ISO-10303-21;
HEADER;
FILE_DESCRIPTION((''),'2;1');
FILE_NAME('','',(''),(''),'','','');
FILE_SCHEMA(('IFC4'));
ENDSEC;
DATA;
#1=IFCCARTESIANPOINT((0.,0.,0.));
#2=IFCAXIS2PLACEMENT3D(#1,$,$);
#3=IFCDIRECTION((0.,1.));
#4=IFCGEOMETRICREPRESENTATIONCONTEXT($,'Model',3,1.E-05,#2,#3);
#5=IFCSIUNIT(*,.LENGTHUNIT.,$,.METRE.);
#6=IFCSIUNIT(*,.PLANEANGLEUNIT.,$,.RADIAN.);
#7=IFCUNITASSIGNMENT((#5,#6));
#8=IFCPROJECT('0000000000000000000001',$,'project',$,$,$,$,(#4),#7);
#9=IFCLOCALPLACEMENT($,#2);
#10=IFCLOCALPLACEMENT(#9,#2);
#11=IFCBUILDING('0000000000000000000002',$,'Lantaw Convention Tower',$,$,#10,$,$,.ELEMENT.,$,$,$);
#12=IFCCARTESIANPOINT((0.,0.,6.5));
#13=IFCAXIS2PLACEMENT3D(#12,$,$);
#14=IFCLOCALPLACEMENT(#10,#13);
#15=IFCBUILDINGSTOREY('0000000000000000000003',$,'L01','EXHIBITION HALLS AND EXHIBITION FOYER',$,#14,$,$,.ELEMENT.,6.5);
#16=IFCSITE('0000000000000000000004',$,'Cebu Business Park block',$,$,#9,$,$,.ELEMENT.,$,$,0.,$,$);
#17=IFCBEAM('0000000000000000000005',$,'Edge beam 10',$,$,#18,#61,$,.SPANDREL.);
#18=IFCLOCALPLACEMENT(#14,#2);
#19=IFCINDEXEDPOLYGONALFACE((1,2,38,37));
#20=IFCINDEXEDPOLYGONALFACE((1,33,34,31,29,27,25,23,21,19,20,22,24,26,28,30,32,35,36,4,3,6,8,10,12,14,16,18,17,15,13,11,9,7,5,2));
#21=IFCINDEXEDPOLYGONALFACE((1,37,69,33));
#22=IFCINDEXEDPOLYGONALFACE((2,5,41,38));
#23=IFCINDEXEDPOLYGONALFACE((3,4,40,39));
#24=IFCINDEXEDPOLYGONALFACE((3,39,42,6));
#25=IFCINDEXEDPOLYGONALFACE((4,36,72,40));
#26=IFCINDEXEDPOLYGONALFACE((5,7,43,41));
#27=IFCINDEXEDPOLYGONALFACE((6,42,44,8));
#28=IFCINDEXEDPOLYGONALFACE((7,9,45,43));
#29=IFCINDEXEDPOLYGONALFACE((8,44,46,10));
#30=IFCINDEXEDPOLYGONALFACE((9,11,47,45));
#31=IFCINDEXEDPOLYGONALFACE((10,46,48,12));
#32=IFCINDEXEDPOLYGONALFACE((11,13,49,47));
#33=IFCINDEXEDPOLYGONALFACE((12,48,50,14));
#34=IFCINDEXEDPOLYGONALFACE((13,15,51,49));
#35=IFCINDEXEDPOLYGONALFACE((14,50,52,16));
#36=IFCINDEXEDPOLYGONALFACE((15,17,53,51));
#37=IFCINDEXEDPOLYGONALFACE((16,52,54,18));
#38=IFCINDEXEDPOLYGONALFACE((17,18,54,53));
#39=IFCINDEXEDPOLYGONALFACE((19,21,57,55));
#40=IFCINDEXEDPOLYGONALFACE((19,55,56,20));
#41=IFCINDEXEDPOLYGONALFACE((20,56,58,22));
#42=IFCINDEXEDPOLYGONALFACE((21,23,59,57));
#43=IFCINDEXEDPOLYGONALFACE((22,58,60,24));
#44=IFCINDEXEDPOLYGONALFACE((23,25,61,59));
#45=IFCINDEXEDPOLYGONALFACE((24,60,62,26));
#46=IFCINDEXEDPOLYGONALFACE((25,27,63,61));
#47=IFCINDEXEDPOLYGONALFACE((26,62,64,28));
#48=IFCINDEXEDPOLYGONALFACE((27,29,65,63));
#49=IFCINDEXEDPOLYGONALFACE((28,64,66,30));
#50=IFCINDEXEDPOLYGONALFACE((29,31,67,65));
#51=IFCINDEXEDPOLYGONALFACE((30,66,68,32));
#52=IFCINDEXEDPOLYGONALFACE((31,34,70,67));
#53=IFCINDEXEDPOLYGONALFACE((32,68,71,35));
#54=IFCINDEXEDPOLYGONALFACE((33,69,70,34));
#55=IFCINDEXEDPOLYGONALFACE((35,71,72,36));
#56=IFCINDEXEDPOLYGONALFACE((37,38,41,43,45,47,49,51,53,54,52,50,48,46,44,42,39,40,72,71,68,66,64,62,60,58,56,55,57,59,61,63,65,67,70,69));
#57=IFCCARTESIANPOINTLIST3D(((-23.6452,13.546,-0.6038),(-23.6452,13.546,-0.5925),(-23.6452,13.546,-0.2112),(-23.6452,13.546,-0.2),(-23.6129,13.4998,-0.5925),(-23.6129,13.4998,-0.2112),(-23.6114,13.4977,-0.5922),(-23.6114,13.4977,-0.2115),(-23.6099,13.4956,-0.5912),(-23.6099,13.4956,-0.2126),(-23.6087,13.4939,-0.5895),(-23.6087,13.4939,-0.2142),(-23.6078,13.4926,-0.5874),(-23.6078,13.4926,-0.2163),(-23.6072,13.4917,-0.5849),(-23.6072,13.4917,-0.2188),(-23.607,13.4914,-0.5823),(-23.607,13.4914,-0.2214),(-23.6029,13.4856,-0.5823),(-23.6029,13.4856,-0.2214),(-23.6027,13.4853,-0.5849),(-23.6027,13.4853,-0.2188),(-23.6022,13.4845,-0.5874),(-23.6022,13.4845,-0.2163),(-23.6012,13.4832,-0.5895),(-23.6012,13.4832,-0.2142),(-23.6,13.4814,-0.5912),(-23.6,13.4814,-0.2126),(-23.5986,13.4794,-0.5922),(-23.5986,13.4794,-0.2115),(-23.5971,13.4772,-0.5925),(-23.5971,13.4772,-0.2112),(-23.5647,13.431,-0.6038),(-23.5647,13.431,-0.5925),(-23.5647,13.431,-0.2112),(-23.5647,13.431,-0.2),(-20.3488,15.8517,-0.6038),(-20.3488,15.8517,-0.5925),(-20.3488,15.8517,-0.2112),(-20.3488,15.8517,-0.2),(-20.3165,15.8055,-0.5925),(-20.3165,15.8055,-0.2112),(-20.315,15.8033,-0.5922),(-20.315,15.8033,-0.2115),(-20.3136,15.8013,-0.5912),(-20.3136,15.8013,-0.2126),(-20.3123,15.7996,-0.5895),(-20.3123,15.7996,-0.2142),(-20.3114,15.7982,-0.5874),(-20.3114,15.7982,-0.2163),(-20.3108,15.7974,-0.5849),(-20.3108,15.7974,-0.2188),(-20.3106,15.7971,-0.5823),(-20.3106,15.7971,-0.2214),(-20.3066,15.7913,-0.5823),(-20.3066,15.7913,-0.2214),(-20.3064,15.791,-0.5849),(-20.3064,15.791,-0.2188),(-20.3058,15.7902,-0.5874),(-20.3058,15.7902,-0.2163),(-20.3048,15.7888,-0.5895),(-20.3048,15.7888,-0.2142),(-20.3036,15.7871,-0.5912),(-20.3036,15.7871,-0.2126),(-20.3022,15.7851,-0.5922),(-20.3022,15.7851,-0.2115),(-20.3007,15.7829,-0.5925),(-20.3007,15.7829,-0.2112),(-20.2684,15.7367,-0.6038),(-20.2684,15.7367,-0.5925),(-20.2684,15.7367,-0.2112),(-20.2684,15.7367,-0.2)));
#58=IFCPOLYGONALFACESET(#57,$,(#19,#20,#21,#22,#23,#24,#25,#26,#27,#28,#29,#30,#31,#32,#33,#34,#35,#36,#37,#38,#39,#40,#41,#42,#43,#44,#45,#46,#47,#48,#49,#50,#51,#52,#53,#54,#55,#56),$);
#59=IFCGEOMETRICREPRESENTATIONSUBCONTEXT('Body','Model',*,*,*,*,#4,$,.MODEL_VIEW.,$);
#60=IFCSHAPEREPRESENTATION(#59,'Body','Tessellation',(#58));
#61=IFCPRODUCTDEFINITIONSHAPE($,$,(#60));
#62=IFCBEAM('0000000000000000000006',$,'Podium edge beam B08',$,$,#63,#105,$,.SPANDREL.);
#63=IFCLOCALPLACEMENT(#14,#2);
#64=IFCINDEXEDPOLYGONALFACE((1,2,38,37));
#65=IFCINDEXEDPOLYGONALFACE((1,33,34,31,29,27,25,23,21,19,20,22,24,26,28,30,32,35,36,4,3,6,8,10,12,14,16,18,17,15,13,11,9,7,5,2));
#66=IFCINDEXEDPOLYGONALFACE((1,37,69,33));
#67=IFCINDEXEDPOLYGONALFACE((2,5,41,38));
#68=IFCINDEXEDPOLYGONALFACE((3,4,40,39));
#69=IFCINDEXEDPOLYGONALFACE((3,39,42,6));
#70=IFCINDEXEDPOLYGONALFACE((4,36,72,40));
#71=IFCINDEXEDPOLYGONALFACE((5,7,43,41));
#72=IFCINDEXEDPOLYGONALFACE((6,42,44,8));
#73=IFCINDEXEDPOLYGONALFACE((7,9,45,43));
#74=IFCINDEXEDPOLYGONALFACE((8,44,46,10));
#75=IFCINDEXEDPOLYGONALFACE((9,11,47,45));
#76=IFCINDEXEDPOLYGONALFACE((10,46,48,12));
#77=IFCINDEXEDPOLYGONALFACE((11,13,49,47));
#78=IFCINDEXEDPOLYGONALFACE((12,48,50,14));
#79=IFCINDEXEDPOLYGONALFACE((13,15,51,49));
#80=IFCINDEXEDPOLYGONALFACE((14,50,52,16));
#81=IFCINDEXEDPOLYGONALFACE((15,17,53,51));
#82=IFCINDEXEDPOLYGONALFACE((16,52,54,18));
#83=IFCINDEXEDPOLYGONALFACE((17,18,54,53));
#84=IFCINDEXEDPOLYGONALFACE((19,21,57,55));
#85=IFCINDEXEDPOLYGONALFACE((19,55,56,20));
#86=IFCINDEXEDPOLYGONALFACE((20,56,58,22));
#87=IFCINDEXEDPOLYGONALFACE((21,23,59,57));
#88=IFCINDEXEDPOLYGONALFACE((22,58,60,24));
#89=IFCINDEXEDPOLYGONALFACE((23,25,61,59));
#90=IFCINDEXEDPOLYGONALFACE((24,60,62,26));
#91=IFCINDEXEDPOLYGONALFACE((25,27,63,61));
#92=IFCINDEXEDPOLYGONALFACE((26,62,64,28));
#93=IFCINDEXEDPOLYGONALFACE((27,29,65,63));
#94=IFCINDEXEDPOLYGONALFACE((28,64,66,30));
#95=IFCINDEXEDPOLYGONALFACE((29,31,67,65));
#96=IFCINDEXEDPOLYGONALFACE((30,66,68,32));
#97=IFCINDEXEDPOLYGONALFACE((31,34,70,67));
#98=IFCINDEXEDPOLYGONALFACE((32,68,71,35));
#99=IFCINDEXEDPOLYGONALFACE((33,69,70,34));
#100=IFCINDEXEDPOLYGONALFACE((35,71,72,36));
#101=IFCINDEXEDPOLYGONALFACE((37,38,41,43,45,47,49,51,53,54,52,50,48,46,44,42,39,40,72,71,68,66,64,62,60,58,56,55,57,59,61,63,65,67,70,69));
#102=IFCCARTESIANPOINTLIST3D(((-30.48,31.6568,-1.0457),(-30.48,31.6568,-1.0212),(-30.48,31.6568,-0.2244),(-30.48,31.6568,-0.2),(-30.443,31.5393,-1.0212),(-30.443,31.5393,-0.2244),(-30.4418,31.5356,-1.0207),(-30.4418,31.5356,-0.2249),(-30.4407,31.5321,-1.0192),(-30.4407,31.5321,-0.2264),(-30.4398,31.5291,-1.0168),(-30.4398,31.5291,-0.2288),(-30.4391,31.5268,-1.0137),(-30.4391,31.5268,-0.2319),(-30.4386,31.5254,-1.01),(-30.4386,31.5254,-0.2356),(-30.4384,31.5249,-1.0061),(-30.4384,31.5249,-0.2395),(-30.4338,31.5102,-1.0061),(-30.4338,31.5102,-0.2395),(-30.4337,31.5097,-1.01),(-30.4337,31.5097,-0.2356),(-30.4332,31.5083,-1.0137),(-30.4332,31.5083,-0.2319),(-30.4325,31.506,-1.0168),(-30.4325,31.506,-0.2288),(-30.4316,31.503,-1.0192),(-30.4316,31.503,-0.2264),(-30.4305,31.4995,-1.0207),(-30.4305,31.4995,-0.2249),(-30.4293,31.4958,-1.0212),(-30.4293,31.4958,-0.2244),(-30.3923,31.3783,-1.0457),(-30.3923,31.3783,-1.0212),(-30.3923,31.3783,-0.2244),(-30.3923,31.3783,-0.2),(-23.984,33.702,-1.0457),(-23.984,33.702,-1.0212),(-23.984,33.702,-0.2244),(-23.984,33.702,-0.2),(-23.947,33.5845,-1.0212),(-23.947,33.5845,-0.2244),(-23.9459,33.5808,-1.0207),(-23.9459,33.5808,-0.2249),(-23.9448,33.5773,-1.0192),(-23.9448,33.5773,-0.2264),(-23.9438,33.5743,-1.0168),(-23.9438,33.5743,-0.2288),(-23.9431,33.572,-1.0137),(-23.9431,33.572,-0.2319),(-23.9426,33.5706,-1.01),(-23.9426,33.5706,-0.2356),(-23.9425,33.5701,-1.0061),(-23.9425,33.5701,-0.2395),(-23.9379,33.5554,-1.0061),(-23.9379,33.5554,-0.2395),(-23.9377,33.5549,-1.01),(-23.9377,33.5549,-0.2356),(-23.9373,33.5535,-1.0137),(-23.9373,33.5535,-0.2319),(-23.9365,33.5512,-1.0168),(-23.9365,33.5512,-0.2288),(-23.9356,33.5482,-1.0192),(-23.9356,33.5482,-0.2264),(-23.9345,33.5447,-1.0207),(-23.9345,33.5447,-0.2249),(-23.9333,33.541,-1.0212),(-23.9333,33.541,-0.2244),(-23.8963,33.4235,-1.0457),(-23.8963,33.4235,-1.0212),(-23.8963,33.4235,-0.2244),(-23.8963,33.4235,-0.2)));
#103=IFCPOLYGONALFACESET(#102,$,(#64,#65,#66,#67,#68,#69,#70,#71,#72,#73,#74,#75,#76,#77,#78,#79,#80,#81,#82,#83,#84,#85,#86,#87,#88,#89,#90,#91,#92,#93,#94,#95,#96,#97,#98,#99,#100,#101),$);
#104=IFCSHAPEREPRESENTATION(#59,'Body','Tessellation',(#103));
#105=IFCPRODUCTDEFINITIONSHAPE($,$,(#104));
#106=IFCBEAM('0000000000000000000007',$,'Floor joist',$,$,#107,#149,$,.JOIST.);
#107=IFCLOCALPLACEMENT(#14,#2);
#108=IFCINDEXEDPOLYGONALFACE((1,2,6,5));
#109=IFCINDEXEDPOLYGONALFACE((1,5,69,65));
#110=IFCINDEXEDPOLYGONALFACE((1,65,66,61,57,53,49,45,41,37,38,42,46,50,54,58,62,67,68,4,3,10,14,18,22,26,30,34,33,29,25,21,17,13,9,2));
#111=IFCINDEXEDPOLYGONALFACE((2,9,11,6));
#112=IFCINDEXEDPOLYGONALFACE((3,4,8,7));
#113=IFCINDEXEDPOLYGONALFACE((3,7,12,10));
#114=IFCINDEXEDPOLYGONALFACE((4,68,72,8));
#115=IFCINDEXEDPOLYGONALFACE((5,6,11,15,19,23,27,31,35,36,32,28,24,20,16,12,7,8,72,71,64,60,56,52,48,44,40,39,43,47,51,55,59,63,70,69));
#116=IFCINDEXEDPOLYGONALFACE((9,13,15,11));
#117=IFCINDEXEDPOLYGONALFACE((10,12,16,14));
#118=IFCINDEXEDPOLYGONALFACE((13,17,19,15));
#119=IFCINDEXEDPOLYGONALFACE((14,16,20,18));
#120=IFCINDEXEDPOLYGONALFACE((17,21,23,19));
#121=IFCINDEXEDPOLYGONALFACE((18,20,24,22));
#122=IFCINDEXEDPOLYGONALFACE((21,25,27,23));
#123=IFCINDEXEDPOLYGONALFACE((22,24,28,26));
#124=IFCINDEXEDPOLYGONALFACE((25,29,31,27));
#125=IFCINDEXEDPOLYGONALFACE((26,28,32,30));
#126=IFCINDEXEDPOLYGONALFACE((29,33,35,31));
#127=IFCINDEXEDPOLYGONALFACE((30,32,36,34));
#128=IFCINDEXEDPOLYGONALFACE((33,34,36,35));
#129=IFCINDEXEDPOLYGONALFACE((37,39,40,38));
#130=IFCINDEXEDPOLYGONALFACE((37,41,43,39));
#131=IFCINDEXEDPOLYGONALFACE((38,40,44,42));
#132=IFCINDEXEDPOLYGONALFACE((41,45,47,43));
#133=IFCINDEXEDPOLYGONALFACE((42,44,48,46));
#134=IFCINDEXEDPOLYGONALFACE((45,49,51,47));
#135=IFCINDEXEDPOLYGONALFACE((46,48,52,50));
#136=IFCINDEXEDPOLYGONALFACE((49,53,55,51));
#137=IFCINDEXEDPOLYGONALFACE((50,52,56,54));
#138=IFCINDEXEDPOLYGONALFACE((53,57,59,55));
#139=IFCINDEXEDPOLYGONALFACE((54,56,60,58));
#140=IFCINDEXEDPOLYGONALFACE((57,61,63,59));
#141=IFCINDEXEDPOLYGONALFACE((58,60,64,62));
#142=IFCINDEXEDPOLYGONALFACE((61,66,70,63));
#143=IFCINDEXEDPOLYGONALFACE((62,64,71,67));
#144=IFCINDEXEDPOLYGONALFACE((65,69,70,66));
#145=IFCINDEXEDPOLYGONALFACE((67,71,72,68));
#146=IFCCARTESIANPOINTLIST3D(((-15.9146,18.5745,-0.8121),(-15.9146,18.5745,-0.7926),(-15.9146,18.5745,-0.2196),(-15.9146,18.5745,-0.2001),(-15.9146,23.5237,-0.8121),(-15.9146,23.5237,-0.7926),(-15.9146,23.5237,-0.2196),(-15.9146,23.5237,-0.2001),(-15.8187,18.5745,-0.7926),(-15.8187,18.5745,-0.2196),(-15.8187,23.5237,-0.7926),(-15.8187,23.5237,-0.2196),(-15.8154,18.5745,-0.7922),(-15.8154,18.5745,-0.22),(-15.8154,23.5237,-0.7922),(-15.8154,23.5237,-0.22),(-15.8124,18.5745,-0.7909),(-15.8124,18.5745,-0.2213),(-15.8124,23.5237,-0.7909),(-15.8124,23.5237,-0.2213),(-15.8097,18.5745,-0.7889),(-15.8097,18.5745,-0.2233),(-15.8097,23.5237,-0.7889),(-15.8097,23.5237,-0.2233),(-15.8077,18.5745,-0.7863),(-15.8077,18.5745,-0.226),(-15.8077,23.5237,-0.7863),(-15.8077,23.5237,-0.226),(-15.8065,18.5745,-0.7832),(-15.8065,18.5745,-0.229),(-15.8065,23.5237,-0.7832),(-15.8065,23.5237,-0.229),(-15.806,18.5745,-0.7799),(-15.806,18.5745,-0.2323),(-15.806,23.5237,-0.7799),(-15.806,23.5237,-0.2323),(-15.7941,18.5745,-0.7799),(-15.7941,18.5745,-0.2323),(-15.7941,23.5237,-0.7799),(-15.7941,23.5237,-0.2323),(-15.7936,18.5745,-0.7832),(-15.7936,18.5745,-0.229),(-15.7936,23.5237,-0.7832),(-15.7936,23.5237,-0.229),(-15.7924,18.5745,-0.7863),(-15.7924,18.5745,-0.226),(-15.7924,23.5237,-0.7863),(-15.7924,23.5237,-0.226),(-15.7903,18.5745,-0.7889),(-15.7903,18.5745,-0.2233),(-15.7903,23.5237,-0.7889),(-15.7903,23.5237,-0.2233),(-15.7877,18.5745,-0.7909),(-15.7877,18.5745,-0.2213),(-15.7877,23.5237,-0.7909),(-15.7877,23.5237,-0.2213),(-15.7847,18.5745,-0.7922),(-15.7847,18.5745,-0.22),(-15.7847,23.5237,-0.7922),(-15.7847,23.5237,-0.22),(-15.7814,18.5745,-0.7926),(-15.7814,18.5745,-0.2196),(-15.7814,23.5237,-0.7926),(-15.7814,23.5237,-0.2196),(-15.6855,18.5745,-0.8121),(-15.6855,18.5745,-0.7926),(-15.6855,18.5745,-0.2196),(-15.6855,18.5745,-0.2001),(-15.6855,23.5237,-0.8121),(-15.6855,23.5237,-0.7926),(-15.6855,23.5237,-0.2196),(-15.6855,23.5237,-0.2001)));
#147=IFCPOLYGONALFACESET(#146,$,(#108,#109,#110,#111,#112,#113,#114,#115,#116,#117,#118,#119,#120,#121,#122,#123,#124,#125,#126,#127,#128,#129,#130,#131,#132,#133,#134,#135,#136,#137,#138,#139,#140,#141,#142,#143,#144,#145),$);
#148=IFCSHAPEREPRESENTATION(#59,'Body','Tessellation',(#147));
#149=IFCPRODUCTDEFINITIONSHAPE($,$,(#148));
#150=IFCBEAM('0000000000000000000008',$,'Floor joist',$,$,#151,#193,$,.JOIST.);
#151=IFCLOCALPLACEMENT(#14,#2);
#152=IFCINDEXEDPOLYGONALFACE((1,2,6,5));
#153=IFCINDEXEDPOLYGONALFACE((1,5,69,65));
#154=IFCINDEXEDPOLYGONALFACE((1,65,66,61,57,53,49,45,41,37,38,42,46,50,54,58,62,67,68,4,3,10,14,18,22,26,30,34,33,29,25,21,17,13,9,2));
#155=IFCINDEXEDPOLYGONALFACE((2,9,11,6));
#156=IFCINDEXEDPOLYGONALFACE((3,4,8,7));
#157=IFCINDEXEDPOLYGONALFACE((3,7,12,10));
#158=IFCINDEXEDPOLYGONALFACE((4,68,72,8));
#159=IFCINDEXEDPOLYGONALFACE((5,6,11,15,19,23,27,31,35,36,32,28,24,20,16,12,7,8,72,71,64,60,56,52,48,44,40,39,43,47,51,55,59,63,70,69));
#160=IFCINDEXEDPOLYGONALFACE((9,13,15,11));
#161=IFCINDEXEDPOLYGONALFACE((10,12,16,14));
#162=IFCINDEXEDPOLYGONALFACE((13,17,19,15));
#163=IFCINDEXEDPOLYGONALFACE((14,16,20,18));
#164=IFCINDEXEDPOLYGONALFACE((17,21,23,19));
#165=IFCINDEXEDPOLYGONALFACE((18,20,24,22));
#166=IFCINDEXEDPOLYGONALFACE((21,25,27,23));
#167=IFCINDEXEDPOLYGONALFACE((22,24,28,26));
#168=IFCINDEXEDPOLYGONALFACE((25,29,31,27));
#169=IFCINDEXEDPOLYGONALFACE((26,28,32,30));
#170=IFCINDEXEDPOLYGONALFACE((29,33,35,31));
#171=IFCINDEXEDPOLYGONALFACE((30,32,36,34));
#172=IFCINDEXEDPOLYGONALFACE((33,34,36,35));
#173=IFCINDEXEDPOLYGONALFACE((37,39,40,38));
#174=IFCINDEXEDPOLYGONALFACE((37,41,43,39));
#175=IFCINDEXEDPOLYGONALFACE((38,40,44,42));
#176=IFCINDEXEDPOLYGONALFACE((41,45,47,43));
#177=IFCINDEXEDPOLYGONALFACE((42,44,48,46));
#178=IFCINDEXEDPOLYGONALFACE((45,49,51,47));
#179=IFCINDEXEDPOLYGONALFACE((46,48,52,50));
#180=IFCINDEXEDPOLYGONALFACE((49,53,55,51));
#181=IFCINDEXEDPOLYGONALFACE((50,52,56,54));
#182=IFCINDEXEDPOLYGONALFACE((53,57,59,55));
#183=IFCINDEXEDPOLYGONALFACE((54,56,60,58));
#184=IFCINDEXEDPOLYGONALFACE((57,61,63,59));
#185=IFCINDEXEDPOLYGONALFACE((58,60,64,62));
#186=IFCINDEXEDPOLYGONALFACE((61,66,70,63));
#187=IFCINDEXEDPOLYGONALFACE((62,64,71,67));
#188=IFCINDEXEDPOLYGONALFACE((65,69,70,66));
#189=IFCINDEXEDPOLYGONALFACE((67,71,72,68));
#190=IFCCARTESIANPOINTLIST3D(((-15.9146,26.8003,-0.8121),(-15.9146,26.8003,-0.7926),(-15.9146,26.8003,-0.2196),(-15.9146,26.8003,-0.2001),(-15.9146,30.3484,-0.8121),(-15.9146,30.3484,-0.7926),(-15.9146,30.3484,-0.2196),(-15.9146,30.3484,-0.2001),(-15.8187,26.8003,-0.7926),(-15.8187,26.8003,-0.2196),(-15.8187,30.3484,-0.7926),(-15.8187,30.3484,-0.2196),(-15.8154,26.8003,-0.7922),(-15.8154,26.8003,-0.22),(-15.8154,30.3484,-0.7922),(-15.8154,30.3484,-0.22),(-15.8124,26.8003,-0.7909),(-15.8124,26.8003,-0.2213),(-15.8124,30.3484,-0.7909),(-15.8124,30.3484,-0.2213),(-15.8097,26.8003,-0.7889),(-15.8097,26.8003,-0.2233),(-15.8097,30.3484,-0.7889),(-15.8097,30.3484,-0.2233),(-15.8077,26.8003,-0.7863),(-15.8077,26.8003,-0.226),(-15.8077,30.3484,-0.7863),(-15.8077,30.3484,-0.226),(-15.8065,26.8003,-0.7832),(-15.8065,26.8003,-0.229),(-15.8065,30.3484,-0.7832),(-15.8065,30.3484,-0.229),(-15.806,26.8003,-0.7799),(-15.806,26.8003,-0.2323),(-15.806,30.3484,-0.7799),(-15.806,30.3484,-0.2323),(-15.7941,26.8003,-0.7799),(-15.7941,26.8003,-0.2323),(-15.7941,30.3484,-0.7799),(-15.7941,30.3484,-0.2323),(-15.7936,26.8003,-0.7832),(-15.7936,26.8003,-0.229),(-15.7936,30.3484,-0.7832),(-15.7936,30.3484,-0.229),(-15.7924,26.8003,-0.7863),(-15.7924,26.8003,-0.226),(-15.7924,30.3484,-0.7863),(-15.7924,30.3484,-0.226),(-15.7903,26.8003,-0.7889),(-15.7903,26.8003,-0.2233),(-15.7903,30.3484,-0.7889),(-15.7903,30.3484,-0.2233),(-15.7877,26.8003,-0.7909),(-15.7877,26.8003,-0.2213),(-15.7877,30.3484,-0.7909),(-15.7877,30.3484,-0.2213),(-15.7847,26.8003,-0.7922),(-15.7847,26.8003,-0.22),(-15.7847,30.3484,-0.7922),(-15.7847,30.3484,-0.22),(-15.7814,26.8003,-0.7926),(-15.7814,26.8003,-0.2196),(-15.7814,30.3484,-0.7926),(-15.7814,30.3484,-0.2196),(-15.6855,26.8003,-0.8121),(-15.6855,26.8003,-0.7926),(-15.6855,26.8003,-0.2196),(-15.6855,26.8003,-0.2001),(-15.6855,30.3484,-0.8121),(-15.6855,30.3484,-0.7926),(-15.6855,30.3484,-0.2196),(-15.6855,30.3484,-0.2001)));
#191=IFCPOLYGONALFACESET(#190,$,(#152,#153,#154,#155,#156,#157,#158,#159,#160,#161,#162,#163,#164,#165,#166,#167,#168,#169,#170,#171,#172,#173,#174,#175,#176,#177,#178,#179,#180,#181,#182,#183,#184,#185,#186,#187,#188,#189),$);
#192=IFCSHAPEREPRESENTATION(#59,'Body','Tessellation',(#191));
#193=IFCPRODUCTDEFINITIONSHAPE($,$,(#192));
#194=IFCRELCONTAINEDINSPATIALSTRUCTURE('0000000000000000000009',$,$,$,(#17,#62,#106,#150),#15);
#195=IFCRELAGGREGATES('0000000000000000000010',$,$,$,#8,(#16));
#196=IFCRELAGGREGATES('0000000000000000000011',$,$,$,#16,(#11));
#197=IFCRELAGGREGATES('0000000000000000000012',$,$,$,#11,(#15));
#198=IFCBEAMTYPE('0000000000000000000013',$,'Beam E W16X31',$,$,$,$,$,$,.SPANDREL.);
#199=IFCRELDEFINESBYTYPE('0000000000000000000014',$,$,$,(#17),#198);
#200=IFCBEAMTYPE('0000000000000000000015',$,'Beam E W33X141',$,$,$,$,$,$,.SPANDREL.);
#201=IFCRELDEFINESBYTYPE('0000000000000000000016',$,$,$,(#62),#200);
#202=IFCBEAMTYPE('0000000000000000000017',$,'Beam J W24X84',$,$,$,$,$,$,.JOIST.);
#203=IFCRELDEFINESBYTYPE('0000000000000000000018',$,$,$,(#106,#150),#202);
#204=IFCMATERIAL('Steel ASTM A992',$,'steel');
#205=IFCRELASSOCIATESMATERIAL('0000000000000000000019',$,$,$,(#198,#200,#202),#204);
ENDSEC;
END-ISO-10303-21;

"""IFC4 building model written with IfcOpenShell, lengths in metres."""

from ifc_helpers import new_model, si_unit, direction, frame, origin, origin_2d, place, context, subcontext, project, spatial, i_section, extrude, material, material_profile, profile_set, type_object, element, save


model = new_model("IFC4")

# Units and contexts
model_context = context("Model", 3, precision=1e-05, world=origin(), true_north=direction((0.0, 1.0)))
body_context = subcontext(model_context, "Body", "Model", "MODEL_VIEW")
ifc_project = project(units=[si_unit("LENGTHUNIT", "METRE"), si_unit("PLANEANGLEUNIT", "RADIAN")], contexts=[model_context])

# Site, building, storey
site_placement = place(None, origin())
site = spatial("IfcSite", under=ifc_project, at=site_placement, Name="Cebu Business Park block", CompositionType="ELEMENT", RefElevation=0.0)
building_placement = place(site_placement, origin())
building = spatial("IfcBuilding", under=site, at=building_placement, Name="Lantaw Convention Tower", CompositionType="ELEMENT")
storey_placement = place(building_placement, frame((0.0, 0.0, 6.5)))
storey = spatial("IfcBuildingStorey", under=building, at=storey_placement, Name="L01", Description="EXHIBITION HALLS AND EXHIBITION FOYER", CompositionType="ELEMENT", Elevation=6.5)

# Beams
ifc_material_1 = material(Name="Steel ASTM A992", Category="steel")
ifc_material_profile_1 = material_profile(ifc_material_1, i_section(OverallWidth=0.1404, OverallDepth=0.4038, WebThickness=0.0071, FlangeThickness=0.0112, FilletRadius=0.0103, at=origin_2d()), Name="W16X31")
ifc_profile_set_1 = profile_set([ifc_material_profile_1], Name="Steel ASTM A992")
beam_type_1 = type_object("IfcBeamType", Name="Beam E W16X31", PredefinedType="SPANDREL", material=ifc_profile_set_1)
beam_1_placement = place(storey_placement, frame((-20.3086, 15.7942, -0.4019), z_axis=(-0.819443, -0.573161, 0.0), x_axis=(0.573161, -0.819443, 0.0)))
element("IfcBeam", 1, at=beam_1_placement, inside=storey, type_object=beam_type_1, Name="Edge beam 10", PredefinedType="SPANDREL", context=body_context, shape_type="SweptSolid", body=[
    extrude(i_section(OverallWidth=0.1404, OverallDepth=0.4038, WebThickness=0.0071, FlangeThickness=0.0112, FilletRadius=0.0103, at=origin_2d()), origin(), (0.0, 0.0, 1.0), 4.0227),
])
ifc_material_profile_2 = material_profile(ifc_material_1, i_section(OverallWidth=0.292, OverallDepth=0.8457, WebThickness=0.0154, FlangeThickness=0.0244, FilletRadius=0.0151, at=origin_2d()), Name="W33X141")
ifc_profile_set_2 = profile_set([ifc_material_profile_2], Name="Steel ASTM A992")
beam_type_2 = type_object("IfcBeamType", Name="Beam E W33X141", PredefinedType="SPANDREL", material=ifc_profile_set_2)
beam_2_placement = place(storey_placement, frame((-23.9402, 33.5627, -0.6228), z_axis=(-0.953842, -0.300309, 0.0), x_axis=(0.300309, -0.953842, 0.0)))
element("IfcBeam", 2, at=beam_2_placement, inside=storey, type_object=beam_type_2, Name="Podium edge beam B08", PredefinedType="SPANDREL", context=body_context, shape_type="SweptSolid", body=[
    extrude(i_section(OverallWidth=0.292, OverallDepth=0.8457, WebThickness=0.0154, FlangeThickness=0.0244, FilletRadius=0.0151, at=origin_2d()), origin(), (0.0, 0.0, 1.0), 6.8103),
])
ifc_material_profile_3 = material_profile(ifc_material_1, i_section(OverallWidth=0.229, OverallDepth=0.6121, WebThickness=0.012, FlangeThickness=0.0195, FilletRadius=0.0127, at=origin_2d()), Name="W24X84")
ifc_profile_set_3 = profile_set([ifc_material_profile_3], Name="Steel ASTM A992")
beam_type_3 = type_object("IfcBeamType", Name="Beam J W24X84", PredefinedType="JOIST", material=ifc_profile_set_3)
beam_3_placement = place(storey_placement, frame((-15.8, 18.5745, -0.5061), z_axis=(0.0, 1.0, 0.0), x_axis=(-1.0, 0.0, 0.0)))
element("IfcBeam", 3, at=beam_3_placement, inside=storey, type_object=beam_type_3, Name="Floor joist", PredefinedType="JOIST", context=body_context, shape_type="SweptSolid", body=[
    extrude(i_section(OverallWidth=0.229, OverallDepth=0.6121, WebThickness=0.012, FlangeThickness=0.0195, FilletRadius=0.0127, at=origin_2d()), origin(), (0.0, 0.0, 1.0), 4.9492),
])
beam_4_placement = place(storey_placement, frame((-15.8, 26.8003, -0.5061), z_axis=(0.0, 1.0, 0.0), x_axis=(-1.0, 0.0, 0.0)))
element("IfcBeam", 4, at=beam_4_placement, inside=storey, type_object=beam_type_3, Name="Floor joist", PredefinedType="JOIST", context=body_context, shape_type="SweptSolid", body=[
    extrude(i_section(OverallWidth=0.229, OverallDepth=0.6121, WebThickness=0.012, FlangeThickness=0.0195, FilletRadius=0.0127, at=origin_2d()), origin(), (0.0, 0.0, 1.0), 3.5481),
])

save(model, "model.ifc")
